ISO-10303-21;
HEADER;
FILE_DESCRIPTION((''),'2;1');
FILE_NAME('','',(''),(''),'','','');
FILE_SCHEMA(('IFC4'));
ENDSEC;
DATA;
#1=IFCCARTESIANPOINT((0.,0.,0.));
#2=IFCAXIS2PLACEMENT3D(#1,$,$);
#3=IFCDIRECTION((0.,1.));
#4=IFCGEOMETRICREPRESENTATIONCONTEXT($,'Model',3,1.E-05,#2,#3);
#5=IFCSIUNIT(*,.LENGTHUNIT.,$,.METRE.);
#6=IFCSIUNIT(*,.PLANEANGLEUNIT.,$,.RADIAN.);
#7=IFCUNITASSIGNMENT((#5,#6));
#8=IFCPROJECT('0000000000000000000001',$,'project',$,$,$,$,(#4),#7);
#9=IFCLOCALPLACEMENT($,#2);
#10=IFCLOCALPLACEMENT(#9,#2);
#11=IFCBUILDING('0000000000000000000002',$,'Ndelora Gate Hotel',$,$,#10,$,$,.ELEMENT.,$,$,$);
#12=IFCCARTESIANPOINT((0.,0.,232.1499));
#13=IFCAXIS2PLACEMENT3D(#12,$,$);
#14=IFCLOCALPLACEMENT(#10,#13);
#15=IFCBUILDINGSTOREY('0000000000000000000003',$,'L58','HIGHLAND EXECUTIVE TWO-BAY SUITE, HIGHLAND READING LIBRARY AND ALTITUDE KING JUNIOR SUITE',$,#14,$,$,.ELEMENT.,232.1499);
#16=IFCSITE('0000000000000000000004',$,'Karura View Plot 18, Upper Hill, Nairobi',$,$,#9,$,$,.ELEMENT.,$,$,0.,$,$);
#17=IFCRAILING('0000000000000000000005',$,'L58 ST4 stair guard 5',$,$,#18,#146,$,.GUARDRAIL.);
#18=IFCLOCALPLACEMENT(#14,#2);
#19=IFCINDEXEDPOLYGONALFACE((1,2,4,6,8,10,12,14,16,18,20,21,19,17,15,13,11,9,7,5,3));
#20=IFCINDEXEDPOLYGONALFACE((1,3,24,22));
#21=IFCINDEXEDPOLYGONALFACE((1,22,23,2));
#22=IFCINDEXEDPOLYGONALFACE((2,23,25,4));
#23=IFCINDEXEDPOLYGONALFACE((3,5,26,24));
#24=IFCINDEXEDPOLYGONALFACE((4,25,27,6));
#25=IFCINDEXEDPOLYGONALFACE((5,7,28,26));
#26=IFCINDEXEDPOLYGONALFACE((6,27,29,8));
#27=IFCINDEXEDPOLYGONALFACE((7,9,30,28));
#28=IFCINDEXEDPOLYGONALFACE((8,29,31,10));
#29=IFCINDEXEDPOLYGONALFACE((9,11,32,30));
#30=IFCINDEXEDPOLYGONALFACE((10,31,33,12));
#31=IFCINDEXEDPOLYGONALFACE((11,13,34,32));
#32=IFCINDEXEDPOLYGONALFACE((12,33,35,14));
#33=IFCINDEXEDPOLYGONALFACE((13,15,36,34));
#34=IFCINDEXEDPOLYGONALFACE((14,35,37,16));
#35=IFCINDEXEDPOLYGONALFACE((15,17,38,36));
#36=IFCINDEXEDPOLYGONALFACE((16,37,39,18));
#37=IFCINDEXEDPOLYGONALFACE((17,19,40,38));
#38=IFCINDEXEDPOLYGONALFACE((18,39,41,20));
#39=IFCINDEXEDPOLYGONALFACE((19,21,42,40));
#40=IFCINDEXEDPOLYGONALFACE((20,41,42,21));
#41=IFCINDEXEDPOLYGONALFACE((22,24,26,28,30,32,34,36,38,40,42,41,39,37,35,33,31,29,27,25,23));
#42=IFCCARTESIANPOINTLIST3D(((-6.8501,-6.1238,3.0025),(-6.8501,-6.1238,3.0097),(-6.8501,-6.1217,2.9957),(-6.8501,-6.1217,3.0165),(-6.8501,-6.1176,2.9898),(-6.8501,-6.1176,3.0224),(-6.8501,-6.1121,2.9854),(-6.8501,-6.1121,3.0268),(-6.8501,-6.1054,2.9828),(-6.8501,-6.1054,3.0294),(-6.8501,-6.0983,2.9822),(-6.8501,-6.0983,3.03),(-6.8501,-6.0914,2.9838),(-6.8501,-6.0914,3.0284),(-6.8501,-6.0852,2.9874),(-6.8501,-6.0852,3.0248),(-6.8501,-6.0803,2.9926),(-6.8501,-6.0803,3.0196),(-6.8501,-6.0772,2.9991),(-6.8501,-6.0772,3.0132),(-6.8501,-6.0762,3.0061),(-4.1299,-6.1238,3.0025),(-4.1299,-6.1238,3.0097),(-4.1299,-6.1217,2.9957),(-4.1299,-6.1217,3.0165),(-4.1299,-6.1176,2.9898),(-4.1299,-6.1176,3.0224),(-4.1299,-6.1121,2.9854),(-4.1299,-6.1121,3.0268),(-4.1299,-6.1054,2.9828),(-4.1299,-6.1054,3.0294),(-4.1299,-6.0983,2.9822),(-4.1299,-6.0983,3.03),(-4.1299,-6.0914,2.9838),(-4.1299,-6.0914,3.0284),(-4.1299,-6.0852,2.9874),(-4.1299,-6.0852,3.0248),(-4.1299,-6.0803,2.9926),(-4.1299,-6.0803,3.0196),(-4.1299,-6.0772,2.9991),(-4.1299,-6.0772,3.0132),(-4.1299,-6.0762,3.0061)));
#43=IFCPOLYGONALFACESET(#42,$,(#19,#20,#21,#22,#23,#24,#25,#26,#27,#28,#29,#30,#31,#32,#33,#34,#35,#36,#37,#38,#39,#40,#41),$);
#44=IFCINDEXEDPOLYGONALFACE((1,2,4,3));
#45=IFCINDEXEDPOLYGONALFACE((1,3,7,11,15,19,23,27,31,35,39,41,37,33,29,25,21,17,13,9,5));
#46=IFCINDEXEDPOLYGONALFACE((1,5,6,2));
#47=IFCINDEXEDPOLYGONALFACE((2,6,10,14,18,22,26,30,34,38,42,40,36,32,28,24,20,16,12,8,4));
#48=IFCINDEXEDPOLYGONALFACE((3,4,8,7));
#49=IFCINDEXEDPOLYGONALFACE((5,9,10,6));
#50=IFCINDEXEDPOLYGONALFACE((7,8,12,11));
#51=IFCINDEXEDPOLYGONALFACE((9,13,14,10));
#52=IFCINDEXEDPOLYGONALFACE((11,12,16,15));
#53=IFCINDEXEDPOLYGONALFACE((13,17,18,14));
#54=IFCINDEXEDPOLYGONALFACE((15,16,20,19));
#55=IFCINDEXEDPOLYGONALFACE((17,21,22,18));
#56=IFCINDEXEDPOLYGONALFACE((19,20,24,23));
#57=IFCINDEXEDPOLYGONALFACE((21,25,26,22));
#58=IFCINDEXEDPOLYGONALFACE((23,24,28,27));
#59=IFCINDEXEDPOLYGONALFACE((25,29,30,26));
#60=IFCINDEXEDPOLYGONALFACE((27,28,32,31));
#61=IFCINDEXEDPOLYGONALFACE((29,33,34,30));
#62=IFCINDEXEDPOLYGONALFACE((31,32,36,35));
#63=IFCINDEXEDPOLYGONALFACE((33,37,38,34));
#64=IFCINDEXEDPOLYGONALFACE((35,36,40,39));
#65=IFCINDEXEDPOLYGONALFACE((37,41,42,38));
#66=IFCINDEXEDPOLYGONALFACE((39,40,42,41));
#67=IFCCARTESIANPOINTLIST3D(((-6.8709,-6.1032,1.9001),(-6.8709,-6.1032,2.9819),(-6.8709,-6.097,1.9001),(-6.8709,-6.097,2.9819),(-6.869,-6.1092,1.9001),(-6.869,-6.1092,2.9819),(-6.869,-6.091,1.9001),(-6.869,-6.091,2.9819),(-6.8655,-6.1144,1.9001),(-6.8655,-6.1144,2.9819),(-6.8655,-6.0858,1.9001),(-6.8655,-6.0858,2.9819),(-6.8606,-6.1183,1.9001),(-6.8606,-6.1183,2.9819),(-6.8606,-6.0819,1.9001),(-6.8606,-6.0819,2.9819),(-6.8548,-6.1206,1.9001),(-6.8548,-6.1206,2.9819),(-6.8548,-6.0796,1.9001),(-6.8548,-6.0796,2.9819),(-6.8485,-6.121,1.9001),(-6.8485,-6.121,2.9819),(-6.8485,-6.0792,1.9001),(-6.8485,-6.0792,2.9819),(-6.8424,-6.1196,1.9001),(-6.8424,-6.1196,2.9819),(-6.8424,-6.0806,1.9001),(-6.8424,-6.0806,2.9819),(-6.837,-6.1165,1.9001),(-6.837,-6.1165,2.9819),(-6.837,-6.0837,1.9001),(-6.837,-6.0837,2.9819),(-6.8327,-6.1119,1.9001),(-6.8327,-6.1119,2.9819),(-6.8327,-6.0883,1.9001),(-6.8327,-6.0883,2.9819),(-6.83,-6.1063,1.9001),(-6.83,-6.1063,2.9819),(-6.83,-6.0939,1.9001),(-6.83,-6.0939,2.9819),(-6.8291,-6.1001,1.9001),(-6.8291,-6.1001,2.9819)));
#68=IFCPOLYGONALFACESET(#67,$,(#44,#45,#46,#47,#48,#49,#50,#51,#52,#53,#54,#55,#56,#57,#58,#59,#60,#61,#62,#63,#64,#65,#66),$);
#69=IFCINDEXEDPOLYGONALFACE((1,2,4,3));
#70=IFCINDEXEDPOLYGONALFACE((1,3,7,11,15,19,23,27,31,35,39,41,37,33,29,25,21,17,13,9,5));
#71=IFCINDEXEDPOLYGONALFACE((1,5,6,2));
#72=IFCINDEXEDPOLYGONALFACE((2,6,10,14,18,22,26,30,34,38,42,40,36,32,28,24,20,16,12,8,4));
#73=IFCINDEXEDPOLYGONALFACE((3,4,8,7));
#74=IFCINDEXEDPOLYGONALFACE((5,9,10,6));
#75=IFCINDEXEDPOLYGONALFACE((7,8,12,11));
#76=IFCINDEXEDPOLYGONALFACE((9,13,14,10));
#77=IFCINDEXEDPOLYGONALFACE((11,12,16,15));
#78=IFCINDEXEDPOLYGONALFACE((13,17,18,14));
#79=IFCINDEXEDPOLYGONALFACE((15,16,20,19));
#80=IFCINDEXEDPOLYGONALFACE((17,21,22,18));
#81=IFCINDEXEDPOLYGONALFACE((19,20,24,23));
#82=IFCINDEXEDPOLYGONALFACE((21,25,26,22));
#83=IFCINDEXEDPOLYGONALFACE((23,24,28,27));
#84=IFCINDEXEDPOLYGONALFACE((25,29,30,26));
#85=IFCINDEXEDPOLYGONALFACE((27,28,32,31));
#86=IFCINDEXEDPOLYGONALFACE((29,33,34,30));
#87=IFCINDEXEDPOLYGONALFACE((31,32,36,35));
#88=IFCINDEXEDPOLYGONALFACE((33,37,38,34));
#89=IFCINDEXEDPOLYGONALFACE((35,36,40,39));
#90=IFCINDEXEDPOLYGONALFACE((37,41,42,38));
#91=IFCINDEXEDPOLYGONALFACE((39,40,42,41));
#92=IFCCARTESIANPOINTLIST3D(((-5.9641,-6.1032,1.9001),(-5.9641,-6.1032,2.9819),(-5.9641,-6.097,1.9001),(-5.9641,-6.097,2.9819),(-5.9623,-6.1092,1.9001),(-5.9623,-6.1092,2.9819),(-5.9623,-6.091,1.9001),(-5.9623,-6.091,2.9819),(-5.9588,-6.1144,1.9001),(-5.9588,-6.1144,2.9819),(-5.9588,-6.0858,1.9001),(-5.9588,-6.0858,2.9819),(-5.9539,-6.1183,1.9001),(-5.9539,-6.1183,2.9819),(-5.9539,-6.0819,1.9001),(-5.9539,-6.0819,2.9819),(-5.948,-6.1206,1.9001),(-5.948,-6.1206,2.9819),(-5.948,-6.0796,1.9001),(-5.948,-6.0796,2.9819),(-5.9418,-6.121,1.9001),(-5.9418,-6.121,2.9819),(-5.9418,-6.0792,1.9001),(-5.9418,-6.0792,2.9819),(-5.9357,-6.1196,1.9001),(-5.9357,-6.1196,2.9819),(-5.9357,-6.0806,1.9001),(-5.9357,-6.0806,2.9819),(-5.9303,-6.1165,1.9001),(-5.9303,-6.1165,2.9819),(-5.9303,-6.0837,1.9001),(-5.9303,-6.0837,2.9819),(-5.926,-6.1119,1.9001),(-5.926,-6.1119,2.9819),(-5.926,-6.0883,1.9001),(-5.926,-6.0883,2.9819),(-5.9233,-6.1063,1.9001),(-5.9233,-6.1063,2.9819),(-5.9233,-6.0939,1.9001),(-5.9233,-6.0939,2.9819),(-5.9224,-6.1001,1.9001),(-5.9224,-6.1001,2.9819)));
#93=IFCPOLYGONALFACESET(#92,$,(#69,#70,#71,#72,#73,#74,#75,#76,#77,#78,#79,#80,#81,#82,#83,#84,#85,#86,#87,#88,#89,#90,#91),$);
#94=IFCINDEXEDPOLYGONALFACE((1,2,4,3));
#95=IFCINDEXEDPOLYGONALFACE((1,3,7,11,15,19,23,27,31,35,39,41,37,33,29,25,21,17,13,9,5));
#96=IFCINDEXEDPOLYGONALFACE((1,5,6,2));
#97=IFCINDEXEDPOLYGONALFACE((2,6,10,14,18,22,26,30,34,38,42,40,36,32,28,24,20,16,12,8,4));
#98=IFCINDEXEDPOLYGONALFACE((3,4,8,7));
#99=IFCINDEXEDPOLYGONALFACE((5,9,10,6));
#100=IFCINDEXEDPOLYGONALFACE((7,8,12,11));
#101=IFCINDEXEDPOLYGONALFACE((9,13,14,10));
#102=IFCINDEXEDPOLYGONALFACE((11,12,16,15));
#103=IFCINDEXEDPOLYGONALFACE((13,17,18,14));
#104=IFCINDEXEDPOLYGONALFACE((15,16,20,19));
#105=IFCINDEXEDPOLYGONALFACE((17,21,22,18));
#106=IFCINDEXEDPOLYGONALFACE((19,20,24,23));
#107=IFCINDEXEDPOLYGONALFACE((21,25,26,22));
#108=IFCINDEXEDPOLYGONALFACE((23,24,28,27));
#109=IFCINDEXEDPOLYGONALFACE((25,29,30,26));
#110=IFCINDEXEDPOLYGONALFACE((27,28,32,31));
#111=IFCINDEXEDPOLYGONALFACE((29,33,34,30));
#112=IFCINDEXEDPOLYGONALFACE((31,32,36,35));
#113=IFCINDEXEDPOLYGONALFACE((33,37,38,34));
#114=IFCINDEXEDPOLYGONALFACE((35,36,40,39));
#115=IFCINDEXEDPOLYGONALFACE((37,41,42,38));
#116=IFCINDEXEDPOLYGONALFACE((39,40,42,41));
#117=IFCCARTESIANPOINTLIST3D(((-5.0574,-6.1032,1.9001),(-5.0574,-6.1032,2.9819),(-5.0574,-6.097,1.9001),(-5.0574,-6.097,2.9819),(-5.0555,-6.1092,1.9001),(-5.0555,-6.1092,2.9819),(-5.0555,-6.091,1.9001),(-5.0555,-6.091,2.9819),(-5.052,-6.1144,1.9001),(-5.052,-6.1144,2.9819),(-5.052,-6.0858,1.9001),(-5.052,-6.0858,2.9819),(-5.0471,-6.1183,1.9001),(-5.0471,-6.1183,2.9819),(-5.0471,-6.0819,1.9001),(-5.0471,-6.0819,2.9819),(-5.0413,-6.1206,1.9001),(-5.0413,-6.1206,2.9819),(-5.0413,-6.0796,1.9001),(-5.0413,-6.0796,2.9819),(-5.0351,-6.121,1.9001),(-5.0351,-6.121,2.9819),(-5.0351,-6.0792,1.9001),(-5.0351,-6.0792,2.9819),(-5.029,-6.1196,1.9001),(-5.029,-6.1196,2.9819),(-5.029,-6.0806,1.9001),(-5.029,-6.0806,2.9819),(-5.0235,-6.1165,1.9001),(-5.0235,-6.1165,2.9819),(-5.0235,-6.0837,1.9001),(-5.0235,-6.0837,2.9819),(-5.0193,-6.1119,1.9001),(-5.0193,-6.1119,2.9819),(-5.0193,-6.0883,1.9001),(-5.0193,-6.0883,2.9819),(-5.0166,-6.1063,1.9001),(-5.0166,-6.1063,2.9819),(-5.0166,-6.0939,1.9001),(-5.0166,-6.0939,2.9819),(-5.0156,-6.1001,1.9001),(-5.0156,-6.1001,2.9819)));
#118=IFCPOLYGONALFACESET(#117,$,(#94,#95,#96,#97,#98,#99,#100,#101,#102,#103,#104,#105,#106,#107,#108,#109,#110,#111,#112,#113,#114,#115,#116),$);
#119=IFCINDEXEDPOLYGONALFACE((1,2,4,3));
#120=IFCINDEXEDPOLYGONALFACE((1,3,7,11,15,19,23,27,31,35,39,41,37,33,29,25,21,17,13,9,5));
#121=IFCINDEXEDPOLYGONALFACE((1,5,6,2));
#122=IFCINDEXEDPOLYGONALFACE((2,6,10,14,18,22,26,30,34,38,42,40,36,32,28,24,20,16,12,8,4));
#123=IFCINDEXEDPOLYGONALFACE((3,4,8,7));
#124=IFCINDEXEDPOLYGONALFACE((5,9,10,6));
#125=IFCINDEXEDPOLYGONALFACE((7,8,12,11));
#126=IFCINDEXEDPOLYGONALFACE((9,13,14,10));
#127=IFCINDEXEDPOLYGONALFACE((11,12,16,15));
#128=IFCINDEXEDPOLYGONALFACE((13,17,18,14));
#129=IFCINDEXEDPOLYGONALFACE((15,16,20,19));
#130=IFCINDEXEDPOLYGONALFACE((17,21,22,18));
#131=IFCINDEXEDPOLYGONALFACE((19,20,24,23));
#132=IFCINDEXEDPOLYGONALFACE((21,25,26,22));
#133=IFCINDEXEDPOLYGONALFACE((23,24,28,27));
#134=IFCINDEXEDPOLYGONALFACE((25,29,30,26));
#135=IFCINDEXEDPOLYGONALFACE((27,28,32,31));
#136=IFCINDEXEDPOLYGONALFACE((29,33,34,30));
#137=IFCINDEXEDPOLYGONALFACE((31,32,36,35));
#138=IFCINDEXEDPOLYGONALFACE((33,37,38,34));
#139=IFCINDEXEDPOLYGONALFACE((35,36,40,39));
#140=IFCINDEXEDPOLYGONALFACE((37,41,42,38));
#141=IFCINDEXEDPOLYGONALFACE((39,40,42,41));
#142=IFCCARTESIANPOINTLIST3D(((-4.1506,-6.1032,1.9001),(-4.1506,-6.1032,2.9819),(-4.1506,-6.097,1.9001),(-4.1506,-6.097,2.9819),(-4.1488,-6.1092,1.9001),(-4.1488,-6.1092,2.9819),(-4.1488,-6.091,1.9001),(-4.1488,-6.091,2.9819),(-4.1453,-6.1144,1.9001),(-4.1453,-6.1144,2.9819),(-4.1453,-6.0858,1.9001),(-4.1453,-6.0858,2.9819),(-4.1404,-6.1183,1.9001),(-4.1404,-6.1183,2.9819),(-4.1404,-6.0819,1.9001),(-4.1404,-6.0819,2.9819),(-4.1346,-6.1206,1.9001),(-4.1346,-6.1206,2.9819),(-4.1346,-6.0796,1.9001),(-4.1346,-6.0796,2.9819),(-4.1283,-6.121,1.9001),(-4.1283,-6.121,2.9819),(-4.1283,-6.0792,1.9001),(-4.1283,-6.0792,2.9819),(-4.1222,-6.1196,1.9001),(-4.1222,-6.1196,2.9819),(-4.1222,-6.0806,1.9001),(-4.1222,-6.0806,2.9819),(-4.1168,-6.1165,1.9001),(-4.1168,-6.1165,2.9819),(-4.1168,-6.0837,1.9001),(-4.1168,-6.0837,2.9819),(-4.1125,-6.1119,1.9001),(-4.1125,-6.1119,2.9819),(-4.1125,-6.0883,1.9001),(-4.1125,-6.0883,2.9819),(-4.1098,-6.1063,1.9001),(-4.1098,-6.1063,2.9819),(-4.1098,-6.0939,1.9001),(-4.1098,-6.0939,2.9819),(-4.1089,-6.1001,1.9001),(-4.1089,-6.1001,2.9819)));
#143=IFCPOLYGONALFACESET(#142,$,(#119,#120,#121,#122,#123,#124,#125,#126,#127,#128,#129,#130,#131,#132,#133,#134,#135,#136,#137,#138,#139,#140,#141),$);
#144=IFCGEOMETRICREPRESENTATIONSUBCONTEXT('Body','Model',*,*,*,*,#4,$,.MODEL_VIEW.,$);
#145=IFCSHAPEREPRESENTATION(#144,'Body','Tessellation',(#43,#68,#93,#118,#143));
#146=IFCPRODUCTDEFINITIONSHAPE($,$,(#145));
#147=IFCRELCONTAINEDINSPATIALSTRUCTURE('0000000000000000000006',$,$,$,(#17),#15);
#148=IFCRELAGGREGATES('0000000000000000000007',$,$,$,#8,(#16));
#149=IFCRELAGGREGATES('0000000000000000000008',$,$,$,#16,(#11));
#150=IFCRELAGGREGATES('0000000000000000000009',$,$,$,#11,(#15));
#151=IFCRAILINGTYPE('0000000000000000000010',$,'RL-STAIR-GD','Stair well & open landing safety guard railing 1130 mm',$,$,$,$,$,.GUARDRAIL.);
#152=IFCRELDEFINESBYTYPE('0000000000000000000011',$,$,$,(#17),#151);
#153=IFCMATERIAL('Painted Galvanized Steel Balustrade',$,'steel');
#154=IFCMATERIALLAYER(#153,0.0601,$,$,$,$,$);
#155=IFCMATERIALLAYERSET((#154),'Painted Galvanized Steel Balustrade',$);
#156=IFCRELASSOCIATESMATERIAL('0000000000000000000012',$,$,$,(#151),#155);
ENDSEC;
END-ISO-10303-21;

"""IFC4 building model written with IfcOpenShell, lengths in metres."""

from ifc_helpers import new_model, si_unit, direction, frame, origin, origin_2d, place, context, subcontext, project, spatial, circle, extrude, material, layer, layer_set, type_object, element, save


model = new_model("IFC4")

# Units and contexts
model_context = context("Model", 3, precision=1e-05, world=origin(), true_north=direction((0.0, 1.0)))
body_context = subcontext(model_context, "Body", "Model", "MODEL_VIEW")
ifc_project = project(units=[si_unit("LENGTHUNIT", "METRE"), si_unit("PLANEANGLEUNIT", "RADIAN")], contexts=[model_context])

# Site, building, storey
site_placement = place(None, origin())
site = spatial("IfcSite", under=ifc_project, at=site_placement, Name="Karura View Plot 18, Upper Hill, Nairobi", CompositionType="ELEMENT", RefElevation=0.0)
building_placement = place(site_placement, origin())
building = spatial("IfcBuilding", under=site, at=building_placement, Name="Ndelora Gate Hotel", CompositionType="ELEMENT")
storey_placement = place(building_placement, frame((0.0, 0.0, 232.1499)))
storey = spatial("IfcBuildingStorey", under=building, at=storey_placement, Name="L58", Description="HIGHLAND EXECUTIVE TWO-BAY SUITE, HIGHLAND READING LIBRARY AND ALTITUDE KING JUNIOR SUITE", CompositionType="ELEMENT", Elevation=232.1499)

# Railing
ifc_material_1 = material(Name="Painted Galvanized Steel Balustrade", Category="steel")
ifc_layer_1 = layer(ifc_material_1, 0.0601)
ifc_layer_set_1 = layer_set([ifc_layer_1], Name="Painted Galvanized Steel Balustrade")
railing_type = type_object("IfcRailingType", Name="RL-STAIR-GD", Description="Stair well & open landing safety guard railing 1130 mm", PredefinedType="GUARDRAIL", material=ifc_layer_set_1)
railing_1_placement = place(storey_placement, frame((-6.8501, -6.1001, 1.9001)))
element("IfcRailing", 1, at=railing_1_placement, inside=storey, type_object=railing_type, Name="L58 ST4 stair guard 5", PredefinedType="GUARDRAIL", context=body_context, shape_type="SweptSolid", body=[
    extrude(circle(Radius=0.0239, at=origin_2d()), frame((0.0, 0.0, 1.106), z_axis=(1.0, 0.0, 0.0), x_axis=(0.0, 1.0, 0.0)), (0.0, 0.0, 1.0), 2.7202),
    extrude(circle(Radius=0.021, at=origin_2d()), origin(), (0.0, 0.0, 1.0), 1.0818),
    extrude(circle(Radius=0.021, at=origin_2d()), frame((0.9067, 0.0, 0.0)), (0.0, 0.0, 1.0), 1.0818),
    extrude(circle(Radius=0.021, at=origin_2d()), frame((1.8135, 0.0, 0.0)), (0.0, 0.0, 1.0), 1.0818),
    extrude(circle(Radius=0.021, at=origin_2d()), frame((2.7202, 0.0, 0.0)), (0.0, 0.0, 1.0), 1.0818),
])

save(model, "model.ifc")
